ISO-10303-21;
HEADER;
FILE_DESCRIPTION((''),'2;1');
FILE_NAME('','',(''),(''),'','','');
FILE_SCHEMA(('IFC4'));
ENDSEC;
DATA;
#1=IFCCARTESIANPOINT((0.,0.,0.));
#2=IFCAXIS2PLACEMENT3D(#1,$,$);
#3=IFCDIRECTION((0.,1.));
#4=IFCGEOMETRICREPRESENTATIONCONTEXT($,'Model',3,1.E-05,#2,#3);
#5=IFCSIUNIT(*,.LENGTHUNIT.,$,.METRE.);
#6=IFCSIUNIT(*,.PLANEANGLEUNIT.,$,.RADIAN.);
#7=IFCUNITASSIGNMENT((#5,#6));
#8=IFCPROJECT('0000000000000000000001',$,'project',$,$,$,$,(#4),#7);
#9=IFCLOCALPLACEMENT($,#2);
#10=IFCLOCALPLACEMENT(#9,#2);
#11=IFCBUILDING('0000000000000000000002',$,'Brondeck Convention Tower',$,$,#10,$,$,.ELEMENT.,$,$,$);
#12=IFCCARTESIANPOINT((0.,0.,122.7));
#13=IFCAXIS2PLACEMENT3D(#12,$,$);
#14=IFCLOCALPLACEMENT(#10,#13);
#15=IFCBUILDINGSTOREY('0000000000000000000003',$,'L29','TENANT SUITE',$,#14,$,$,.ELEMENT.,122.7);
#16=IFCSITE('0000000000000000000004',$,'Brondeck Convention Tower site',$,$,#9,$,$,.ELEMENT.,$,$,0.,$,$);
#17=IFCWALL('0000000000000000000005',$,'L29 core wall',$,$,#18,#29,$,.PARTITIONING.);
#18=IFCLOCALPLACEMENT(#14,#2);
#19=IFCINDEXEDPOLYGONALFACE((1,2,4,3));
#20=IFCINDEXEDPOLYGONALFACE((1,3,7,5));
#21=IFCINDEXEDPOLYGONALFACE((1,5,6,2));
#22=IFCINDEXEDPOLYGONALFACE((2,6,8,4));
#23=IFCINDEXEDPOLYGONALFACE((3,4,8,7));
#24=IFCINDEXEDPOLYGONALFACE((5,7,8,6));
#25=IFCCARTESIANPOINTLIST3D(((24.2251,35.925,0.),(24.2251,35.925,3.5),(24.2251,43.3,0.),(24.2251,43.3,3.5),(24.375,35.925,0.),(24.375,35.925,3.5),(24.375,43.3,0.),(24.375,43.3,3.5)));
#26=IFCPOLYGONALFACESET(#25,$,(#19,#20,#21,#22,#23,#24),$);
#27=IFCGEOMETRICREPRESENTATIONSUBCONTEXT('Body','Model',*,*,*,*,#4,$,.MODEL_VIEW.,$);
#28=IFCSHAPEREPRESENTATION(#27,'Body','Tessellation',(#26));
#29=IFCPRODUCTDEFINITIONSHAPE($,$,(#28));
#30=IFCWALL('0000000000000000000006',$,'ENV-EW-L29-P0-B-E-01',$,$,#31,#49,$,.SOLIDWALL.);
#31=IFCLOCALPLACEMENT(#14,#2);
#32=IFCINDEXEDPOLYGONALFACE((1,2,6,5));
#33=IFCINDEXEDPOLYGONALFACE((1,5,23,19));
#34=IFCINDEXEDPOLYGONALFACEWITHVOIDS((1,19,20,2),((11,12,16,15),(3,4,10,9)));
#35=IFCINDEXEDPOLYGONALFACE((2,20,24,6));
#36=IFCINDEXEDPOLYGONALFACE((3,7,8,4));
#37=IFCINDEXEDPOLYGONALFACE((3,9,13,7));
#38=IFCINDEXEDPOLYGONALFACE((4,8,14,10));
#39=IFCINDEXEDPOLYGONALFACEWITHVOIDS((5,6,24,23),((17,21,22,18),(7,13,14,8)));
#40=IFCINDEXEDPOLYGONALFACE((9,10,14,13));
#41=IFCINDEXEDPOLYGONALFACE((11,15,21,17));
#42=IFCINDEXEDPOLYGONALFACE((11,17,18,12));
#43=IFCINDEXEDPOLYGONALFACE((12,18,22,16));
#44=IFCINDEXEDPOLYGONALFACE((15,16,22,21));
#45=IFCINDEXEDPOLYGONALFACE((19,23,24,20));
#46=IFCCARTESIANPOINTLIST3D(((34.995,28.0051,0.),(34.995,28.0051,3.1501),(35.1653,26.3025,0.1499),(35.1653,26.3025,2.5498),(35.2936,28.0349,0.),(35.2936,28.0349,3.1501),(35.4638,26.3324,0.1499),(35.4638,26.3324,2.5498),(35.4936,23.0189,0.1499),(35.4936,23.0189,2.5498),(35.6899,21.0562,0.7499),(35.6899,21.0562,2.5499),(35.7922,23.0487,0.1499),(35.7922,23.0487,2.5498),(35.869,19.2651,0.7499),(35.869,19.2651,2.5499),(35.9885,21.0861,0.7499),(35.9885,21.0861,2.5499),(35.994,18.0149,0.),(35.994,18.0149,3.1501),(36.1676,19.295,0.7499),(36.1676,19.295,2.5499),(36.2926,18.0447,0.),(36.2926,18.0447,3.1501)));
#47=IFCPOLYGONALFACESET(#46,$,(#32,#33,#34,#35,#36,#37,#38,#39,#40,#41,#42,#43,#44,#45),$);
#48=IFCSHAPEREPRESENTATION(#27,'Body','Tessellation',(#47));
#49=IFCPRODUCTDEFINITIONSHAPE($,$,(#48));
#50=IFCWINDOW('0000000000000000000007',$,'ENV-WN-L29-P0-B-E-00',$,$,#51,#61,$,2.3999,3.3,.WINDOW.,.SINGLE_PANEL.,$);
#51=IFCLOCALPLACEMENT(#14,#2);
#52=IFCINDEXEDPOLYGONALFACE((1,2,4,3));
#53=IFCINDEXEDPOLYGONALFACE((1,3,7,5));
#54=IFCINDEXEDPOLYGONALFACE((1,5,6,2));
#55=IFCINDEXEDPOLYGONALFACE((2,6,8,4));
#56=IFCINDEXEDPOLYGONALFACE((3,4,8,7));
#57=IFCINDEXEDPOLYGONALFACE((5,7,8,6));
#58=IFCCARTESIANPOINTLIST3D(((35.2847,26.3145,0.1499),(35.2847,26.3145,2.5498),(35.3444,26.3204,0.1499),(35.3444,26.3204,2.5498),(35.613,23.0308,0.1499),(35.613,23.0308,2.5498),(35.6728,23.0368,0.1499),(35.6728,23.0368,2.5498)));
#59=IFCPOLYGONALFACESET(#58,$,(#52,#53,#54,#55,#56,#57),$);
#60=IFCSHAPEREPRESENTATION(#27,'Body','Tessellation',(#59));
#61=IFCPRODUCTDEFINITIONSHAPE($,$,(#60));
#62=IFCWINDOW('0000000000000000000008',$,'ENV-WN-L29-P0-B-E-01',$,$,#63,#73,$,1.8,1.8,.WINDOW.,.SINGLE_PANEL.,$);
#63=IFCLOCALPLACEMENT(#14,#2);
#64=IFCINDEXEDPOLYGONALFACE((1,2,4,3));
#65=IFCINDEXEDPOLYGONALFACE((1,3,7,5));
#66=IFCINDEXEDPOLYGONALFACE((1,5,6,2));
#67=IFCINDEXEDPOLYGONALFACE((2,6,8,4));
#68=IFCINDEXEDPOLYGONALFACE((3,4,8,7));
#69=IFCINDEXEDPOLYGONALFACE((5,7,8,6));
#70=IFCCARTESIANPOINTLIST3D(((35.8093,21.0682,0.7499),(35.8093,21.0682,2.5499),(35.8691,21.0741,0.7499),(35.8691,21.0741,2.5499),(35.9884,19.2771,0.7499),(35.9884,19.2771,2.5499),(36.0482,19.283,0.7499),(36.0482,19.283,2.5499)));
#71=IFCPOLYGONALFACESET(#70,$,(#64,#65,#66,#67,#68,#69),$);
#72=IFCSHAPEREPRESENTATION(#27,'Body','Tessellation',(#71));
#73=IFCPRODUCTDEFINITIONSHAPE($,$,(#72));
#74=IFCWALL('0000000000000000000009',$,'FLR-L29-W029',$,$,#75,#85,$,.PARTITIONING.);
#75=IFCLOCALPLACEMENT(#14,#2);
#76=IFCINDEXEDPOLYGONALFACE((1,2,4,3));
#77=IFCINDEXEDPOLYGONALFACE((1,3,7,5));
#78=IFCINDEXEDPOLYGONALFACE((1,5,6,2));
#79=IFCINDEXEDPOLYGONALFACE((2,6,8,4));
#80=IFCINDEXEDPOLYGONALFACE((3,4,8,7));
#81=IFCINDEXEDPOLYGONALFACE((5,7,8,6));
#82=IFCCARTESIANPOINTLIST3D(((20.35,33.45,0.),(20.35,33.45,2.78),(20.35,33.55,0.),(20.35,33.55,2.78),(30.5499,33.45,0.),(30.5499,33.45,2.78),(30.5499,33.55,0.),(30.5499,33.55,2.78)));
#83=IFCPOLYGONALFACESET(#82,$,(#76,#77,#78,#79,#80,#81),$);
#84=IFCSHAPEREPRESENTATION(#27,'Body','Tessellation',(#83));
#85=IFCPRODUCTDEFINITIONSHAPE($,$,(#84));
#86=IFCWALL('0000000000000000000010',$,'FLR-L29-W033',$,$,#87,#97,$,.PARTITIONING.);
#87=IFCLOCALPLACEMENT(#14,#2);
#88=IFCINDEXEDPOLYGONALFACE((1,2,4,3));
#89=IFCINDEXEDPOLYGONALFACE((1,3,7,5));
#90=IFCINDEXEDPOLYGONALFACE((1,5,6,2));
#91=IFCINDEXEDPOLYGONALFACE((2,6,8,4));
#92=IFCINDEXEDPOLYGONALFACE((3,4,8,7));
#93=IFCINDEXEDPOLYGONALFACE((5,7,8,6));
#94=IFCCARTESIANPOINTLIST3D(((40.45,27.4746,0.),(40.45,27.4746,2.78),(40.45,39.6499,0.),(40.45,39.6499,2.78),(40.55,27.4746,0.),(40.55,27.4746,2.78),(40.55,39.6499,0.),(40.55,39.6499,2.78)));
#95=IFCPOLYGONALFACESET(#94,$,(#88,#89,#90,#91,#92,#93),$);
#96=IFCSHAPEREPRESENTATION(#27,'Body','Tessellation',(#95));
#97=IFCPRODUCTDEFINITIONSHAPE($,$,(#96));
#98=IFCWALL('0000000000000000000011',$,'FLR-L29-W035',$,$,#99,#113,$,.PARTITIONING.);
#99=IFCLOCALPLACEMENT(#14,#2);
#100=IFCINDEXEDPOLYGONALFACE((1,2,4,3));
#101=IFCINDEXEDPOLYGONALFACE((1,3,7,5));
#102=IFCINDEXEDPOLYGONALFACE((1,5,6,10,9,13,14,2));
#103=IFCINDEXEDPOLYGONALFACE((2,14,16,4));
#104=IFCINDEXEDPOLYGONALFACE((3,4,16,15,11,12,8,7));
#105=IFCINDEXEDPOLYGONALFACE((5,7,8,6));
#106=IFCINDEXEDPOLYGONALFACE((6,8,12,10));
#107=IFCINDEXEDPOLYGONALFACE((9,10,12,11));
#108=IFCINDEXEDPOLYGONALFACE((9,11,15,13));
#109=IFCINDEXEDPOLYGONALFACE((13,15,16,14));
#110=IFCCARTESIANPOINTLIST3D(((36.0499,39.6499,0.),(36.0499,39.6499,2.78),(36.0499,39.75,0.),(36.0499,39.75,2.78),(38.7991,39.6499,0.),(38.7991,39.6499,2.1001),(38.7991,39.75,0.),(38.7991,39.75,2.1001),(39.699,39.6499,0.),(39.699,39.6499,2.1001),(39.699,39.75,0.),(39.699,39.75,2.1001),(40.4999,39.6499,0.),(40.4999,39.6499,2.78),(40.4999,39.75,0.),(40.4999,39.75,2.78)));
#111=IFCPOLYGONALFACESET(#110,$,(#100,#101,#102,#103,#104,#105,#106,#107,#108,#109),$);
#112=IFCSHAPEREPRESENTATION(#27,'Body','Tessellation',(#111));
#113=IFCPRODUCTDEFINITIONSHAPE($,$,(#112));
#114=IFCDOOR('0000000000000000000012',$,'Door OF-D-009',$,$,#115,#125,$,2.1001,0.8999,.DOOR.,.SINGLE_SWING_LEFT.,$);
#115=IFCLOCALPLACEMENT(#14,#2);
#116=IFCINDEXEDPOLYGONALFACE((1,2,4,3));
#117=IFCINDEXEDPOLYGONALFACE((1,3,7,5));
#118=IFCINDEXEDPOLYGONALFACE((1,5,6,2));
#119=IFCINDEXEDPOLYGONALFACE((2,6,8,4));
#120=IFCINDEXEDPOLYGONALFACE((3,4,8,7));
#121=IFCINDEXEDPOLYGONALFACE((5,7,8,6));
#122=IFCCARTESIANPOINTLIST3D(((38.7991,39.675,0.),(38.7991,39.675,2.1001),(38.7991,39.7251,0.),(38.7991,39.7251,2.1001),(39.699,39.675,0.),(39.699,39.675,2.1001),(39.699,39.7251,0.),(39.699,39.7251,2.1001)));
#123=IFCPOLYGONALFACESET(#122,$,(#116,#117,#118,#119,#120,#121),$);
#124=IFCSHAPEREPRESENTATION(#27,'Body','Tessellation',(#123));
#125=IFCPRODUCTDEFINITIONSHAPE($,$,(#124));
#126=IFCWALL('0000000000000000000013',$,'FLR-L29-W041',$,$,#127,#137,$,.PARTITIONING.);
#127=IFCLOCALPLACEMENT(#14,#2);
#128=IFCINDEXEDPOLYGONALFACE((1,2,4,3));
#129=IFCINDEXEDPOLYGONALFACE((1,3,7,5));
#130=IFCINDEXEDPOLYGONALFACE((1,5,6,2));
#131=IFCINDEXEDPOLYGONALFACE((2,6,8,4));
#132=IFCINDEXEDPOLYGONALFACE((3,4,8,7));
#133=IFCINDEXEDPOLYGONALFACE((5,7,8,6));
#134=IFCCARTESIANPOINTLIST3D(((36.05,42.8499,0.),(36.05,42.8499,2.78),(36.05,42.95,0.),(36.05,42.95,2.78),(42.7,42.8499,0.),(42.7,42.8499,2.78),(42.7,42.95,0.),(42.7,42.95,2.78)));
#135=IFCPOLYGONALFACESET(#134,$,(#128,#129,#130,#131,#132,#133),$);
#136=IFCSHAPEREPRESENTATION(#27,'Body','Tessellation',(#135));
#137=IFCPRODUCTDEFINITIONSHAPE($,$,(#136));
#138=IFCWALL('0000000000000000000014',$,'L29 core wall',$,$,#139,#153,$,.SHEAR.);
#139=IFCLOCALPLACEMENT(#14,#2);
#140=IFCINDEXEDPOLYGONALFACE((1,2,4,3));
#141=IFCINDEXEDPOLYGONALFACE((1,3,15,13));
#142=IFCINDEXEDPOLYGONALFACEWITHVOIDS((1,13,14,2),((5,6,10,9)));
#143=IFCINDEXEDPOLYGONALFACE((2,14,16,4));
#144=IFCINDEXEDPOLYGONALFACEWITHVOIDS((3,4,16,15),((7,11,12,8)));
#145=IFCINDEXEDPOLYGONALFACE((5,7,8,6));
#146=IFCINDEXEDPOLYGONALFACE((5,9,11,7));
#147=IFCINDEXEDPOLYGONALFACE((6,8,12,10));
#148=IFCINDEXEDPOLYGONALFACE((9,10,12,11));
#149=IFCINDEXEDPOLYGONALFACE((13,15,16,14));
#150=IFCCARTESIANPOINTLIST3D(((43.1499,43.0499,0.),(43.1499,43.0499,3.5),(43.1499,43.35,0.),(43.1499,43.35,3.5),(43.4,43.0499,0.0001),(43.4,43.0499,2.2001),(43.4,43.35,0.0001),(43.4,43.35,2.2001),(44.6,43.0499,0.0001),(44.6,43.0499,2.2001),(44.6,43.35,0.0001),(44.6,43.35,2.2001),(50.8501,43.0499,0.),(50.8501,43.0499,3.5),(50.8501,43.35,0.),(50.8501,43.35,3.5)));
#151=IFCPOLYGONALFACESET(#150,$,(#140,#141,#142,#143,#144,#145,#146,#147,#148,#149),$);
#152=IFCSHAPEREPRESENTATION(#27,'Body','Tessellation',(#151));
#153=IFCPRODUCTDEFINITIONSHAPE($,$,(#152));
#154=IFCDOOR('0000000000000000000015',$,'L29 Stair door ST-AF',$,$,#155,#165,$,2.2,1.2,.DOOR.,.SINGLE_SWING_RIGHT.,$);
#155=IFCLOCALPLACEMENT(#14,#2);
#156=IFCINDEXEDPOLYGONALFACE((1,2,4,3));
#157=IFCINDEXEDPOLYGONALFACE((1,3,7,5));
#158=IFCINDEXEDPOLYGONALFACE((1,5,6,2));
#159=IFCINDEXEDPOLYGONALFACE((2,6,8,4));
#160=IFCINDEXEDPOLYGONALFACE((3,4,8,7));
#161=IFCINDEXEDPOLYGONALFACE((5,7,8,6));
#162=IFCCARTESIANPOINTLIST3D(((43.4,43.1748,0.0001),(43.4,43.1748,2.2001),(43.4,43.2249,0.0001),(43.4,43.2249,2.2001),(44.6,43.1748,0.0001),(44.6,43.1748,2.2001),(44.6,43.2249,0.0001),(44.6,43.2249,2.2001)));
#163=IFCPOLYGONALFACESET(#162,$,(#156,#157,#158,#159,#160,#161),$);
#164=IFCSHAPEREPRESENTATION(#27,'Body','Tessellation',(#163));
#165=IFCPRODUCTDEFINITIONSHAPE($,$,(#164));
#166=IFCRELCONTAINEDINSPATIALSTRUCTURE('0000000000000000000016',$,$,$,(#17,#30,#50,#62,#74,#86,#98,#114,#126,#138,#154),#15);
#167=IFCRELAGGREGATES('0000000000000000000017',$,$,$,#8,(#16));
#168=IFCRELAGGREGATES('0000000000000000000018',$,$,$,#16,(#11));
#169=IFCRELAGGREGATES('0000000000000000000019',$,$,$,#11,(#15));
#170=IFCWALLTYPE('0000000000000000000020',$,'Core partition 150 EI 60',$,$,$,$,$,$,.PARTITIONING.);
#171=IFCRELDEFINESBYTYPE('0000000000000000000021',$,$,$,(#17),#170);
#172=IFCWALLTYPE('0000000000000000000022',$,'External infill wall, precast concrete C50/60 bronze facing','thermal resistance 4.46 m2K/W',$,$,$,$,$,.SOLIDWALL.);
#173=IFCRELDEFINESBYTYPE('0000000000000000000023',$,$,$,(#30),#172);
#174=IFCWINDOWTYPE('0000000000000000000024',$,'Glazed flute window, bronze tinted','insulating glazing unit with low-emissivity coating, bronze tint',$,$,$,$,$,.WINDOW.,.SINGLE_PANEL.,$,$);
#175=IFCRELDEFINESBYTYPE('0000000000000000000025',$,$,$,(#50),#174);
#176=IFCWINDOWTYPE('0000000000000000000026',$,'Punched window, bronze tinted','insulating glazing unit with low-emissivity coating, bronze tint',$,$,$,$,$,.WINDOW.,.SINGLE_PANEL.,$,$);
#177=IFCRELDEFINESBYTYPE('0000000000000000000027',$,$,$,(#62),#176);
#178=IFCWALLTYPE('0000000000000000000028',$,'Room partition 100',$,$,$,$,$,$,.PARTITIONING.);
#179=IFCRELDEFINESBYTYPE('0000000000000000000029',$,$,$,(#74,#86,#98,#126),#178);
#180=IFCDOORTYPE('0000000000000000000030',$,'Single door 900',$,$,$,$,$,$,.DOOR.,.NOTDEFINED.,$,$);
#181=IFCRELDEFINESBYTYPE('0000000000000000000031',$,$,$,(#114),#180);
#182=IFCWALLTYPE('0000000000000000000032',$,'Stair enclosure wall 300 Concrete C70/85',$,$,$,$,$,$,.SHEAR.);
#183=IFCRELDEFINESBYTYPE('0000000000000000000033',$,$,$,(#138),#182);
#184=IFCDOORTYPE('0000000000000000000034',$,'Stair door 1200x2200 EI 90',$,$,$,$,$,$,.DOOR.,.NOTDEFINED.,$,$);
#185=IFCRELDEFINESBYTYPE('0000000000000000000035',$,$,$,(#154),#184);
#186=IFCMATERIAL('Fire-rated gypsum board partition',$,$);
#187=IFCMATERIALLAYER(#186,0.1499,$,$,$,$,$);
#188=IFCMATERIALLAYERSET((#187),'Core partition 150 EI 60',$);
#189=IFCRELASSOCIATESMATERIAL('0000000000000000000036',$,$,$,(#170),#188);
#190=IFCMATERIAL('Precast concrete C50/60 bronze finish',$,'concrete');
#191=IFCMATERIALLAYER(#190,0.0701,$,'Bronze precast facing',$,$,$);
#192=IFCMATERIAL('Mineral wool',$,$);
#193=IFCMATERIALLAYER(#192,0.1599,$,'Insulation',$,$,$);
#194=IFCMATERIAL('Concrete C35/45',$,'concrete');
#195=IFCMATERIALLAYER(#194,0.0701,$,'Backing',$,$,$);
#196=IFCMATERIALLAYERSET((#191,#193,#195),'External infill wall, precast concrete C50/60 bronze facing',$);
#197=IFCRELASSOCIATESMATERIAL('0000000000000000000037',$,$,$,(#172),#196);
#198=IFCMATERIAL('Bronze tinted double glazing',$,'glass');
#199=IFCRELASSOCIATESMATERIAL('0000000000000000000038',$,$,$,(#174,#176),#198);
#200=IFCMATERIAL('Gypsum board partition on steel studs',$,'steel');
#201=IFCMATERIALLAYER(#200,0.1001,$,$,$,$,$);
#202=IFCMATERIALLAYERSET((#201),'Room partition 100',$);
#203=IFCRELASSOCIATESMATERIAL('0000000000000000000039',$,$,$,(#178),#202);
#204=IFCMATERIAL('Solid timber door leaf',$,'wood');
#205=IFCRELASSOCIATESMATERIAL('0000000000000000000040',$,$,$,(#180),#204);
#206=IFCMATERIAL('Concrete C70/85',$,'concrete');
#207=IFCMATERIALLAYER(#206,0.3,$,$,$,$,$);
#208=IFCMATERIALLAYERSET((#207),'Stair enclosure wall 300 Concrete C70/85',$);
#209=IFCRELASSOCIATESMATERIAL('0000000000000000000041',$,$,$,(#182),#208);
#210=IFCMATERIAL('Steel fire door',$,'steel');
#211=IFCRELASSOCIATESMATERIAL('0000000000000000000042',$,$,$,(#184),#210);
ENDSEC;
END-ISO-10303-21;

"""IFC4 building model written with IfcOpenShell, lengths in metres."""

from ifc_helpers import new_model, si_unit, direction, frame, frame_2d, origin, place, context, subcontext, project, spatial, rectangle, extrude, material, layer, layer_set, type_object, element, fill, save


model = new_model("IFC4")

# Units and contexts
model_context = context("Model", 3, precision=1e-05, world=origin(), true_north=direction((0.0, 1.0)))
body_context = subcontext(model_context, "Body", "Model", "MODEL_VIEW")
ifc_project = project(units=[si_unit("LENGTHUNIT", "METRE"), si_unit("PLANEANGLEUNIT", "RADIAN")], contexts=[model_context])

# Site, building, storey
site_placement = place(None, origin())
site = spatial("IfcSite", under=ifc_project, at=site_placement, Name="Brondeck Convention Tower site", CompositionType="ELEMENT", RefElevation=0.0)
building_placement = place(site_placement, origin())
building = spatial("IfcBuilding", under=site, at=building_placement, Name="Brondeck Convention Tower", CompositionType="ELEMENT")
storey_placement = place(building_placement, frame((0.0, 0.0, 122.7)))
storey = spatial("IfcBuildingStorey", under=building, at=storey_placement, Name="L29", Description="TENANT SUITE", CompositionType="ELEMENT", Elevation=122.7)

# Shared definitions
ifc_material_1 = material(Name="Concrete C70/85", Category="concrete")

# Wall
ifc_material_2 = material(Name="Fire-rated gypsum board partition")
ifc_layer_1 = layer(ifc_material_2, 0.1499)
ifc_layer_set_1 = layer_set([ifc_layer_1], Name="Core partition 150 EI 60")
wall_type_1 = type_object("IfcWallType", Name="Core partition 150 EI 60", PredefinedType="PARTITIONING", material=ifc_layer_set_1)
wall_1_placement = place(storey_placement, frame((24.3, 35.925, 0.0), z_axis=(0.0, 0.0, 1.0), x_axis=(0.0, 1.0, 0.0)))
element("IfcWall", 1, at=wall_1_placement, inside=storey, type_object=wall_type_1, Name="L29 core wall", PredefinedType="PARTITIONING", context=body_context, shape_type="SweptSolid", body=[
    extrude(rectangle(XDim=7.375, YDim=0.1499, at=frame_2d((3.6875, 0.0))), origin(), (0.0, 0.0, 1.0), 3.5),
])

# Wall, openings, windows
ifc_material_3 = material(Name="Precast concrete C50/60 bronze finish", Category="concrete")
ifc_layer_2 = layer(ifc_material_3, 0.0701, Name="Bronze precast facing")
ifc_material_4 = material(Name="Mineral wool")
ifc_layer_3 = layer(ifc_material_4, 0.1599, Name="Insulation")
ifc_material_5 = material(Name="Concrete C35/45", Category="concrete")
ifc_layer_4 = layer(ifc_material_5, 0.0701, Name="Backing")
ifc_layer_set_2 = layer_set([ifc_layer_2, ifc_layer_3, ifc_layer_4], Name="External infill wall, precast concrete C50/60 bronze facing")
wall_type_2 = type_object("IfcWallType", Name="External infill wall, precast concrete C50/60 bronze facing", Description="thermal resistance 4.46 m2K/W", PredefinedType="SOLIDWALL", material=ifc_layer_set_2)
wall_2_placement = place(storey_placement, frame((35.1443, 28.02, 0.0), z_axis=(0.0, 0.0, 1.0), x_axis=(0.099504, -0.995037, 0.0)))
wall_2 = element("IfcWall", 2, at=wall_2_placement, inside=storey, type_object=wall_type_2, Name="ENV-EW-L29-P0-B-E-01", PredefinedType="SOLIDWALL", context=body_context, shape_type="SweptSolid", body=[
    extrude(rectangle(XDim=10.04, YDim=0.3, at=frame_2d((5.02, 0.0))), origin(), (0.0, 0.0, 1.0), 3.1501),
])
opening_1_placement = place(wall_2_placement, frame((1.7112, 0.0, 0.1499)))
opening_1 = element("IfcOpeningElement", 3, at=opening_1_placement, cuts=wall_2, PredefinedType="OPENING", context=body_context, shape_type="SweptSolid", body=[
    extrude(rectangle(XDim=3.3, YDim=2.3999, at=frame_2d((1.6499, 1.2))), frame((0.0, 0.1599, 0.0), z_axis=(0.0, -1.0, 0.0), x_axis=(1.0, 0.0, 0.0)), (0.0, 0.0, 1.0), 0.3201),
])
opening_2_placement = place(wall_2_placement, frame((6.9836, 0.0, 0.75)))
opening_2 = element("IfcOpeningElement", 4, at=opening_2_placement, cuts=wall_2, PredefinedType="OPENING", context=body_context, shape_type="SweptSolid", body=[
    extrude(rectangle(XDim=1.8, YDim=1.8, at=frame_2d((0.8999, 0.8999))), frame((0.0, 0.1599, 0.0), z_axis=(0.0, -1.0, 0.0), x_axis=(1.0, 0.0, 0.0)), (0.0, 0.0, 1.0), 0.3201),
])
ifc_material_6 = material(Name="Bronze tinted double glazing", Category="glass")
window_type_1 = type_object("IfcWindowType", Name="Glazed flute window, bronze tinted", Description="insulating glazing unit with low-emissivity coating, bronze tint", PartitioningType="SINGLE_PANEL", PredefinedType="WINDOW", material=ifc_material_6)
window_1_placement = place(opening_1_placement, origin())
window_1 = element("IfcWindow", 5, at=window_1_placement, inside=storey, type_object=window_type_1, Name="ENV-WN-L29-P0-B-E-00", OverallHeight=2.3999, OverallWidth=3.3, PartitioningType="SINGLE_PANEL", PredefinedType="WINDOW", context=body_context, shape_type="SweptSolid", body=[
    extrude(rectangle(XDim=3.3, YDim=2.3999, at=frame_2d((1.6499, 1.2))), frame((0.0, 0.03, 0.0), z_axis=(0.0, -1.0, 0.0), x_axis=(1.0, 0.0, 0.0)), (0.0, 0.0, 1.0), 0.0601),
])
fill(opening_1, window_1)
window_type_2 = type_object("IfcWindowType", Name="Punched window, bronze tinted", Description="insulating glazing unit with low-emissivity coating, bronze tint", PartitioningType="SINGLE_PANEL", PredefinedType="WINDOW", material=ifc_material_6)
window_2_placement = place(opening_2_placement, origin())
window_2 = element("IfcWindow", 6, at=window_2_placement, inside=storey, type_object=window_type_2, Name="ENV-WN-L29-P0-B-E-01", OverallHeight=1.8, OverallWidth=1.8, PartitioningType="SINGLE_PANEL", PredefinedType="WINDOW", context=body_context, shape_type="SweptSolid", body=[
    extrude(rectangle(XDim=1.8, YDim=1.8, at=frame_2d((0.8999, 0.8999))), frame((0.0, 0.03, 0.0), z_axis=(0.0, -1.0, 0.0), x_axis=(1.0, 0.0, 0.0)), (0.0, 0.0, 1.0), 0.0601),
])
fill(opening_2, window_2)

# Walls
ifc_material_7 = material(Name="Gypsum board partition on steel studs", Category="steel")
ifc_layer_5 = layer(ifc_material_7, 0.1001)
ifc_layer_set_3 = layer_set([ifc_layer_5], Name="Room partition 100")
wall_type_3 = type_object("IfcWallType", Name="Room partition 100", PredefinedType="PARTITIONING", material=ifc_layer_set_3)
wall_3_placement = place(storey_placement, frame((30.55, 33.5, 0.0), z_axis=(0.0, 0.0, 1.0), x_axis=(-1.0, 0.0, 0.0)))
element("IfcWall", 7, at=wall_3_placement, inside=storey, type_object=wall_type_3, Name="FLR-L29-W029", PredefinedType="PARTITIONING", context=body_context, shape_type="SweptSolid", body=[
    extrude(rectangle(XDim=10.2, YDim=0.1001, at=frame_2d((5.1001, 0.0))), origin(), (0.0, 0.0, 1.0), 2.78),
])
wall_4_placement = place(storey_placement, frame((40.5, 39.6499, 0.0), z_axis=(0.0, 0.0, 1.0), x_axis=(0.0, -1.0, 0.0)))
element("IfcWall", 8, at=wall_4_placement, inside=storey, type_object=wall_type_3, Name="FLR-L29-W033", PredefinedType="PARTITIONING", context=body_context, shape_type="SweptSolid", body=[
    extrude(rectangle(XDim=12.1753, YDim=0.1001, at=frame_2d((6.0876, 0.0))), origin(), (0.0, 0.0, 1.0), 2.78),
])

# Wall, opening, door
wall_5_placement = place(storey_placement, frame((40.5, 39.7, 0.0), z_axis=(0.0, 0.0, 1.0), x_axis=(-1.0, 0.0, 0.0)))
wall_5 = element("IfcWall", 9, at=wall_5_placement, inside=storey, type_object=wall_type_3, Name="FLR-L29-W035", PredefinedType="PARTITIONING", context=body_context, shape_type="SweptSolid", body=[
    extrude(rectangle(XDim=4.45, YDim=0.1001, at=frame_2d((2.2251, 0.0))), origin(), (0.0, 0.0, 1.0), 2.78),
])
opening_3_placement = place(wall_5_placement, frame((0.801, 0.0, 0.0)))
opening_3 = element("IfcOpeningElement", 10, at=opening_3_placement, cuts=wall_5, PredefinedType="OPENING", context=body_context, shape_type="SweptSolid", body=[
    extrude(rectangle(XDim=0.8999, YDim=2.1001, at=frame_2d((0.45, 1.05))), frame((0.0, 0.0601, 0.0), z_axis=(0.0, -1.0, 0.0), x_axis=(1.0, 0.0, 0.0)), (0.0, 0.0, 1.0), 0.1201),
])
ifc_material_8 = material(Name="Solid timber door leaf", Category="wood")
door_type_1 = type_object("IfcDoorType", Name="Single door 900", OperationType="NOTDEFINED", PredefinedType="DOOR", material=ifc_material_8)
door_1_placement = place(opening_3_placement, origin())
door_1 = element("IfcDoor", 11, at=door_1_placement, inside=storey, type_object=door_type_1, Name="Door OF-D-009", OperationType="SINGLE_SWING_LEFT", OverallHeight=2.1001, OverallWidth=0.8999, PredefinedType="DOOR", context=body_context, shape_type="SweptSolid", body=[
    extrude(rectangle(XDim=0.8999, YDim=2.1001, at=frame_2d((0.45, 1.05))), frame((0.0, 0.0249, 0.0), z_axis=(0.0, -1.0, 0.0), x_axis=(1.0, 0.0, 0.0)), (0.0, 0.0, 1.0), 0.05),
])
fill(opening_3, door_1)

# Wall
wall_6_placement = place(storey_placement, frame((36.05, 42.8999, 0.0), z_axis=(0.0, 0.0, 1.0), x_axis=(1.0, 0.0, 0.0)))
element("IfcWall", 12, at=wall_6_placement, inside=storey, type_object=wall_type_3, Name="FLR-L29-W041", PredefinedType="PARTITIONING", context=body_context, shape_type="SweptSolid", body=[
    extrude(rectangle(XDim=6.6499, YDim=0.1001, at=frame_2d((3.325, 0.0))), origin(), (0.0, 0.0, 1.0), 2.78),
])

# Wall, opening, door
ifc_layer_6 = layer(ifc_material_1, 0.3)
ifc_layer_set_4 = layer_set([ifc_layer_6], Name="Stair enclosure wall 300 Concrete C70/85")
wall_type_4 = type_object("IfcWallType", Name="Stair enclosure wall 300 Concrete C70/85", PredefinedType="SHEAR", material=ifc_layer_set_4)
wall_7_placement = place(storey_placement, frame((43.1499, 43.2, 0.0), z_axis=(0.0, 0.0, 1.0), x_axis=(1.0, 0.0, 0.0)))
wall_7 = element("IfcWall", 13, at=wall_7_placement, inside=storey, type_object=wall_type_4, Name="L29 core wall", PredefinedType="SHEAR", context=body_context, shape_type="SweptSolid", body=[
    extrude(rectangle(XDim=7.7002, YDim=0.3, at=frame_2d((3.8501, 0.0))), origin(), (0.0, 0.0, 1.0), 3.5),
])
opening_4_placement = place(wall_7_placement, frame((0.25, 0.0, 0.0)))
opening_4 = element("IfcOpeningElement", 14, at=opening_4_placement, cuts=wall_7, PredefinedType="OPENING", context=body_context, shape_type="SweptSolid", body=[
    extrude(rectangle(XDim=1.2, YDim=2.2, at=frame_2d((0.6001, 1.1001))), frame((0.0, 0.1599, 0.0), z_axis=(0.0, -1.0, 0.0), x_axis=(1.0, 0.0, 0.0)), (0.0, 0.0, 1.0), 0.3201),
])
ifc_material_9 = material(Name="Steel fire door", Category="steel")
door_type_2 = type_object("IfcDoorType", Name="Stair door 1200x2200 EI 90", OperationType="NOTDEFINED", PredefinedType="DOOR", material=ifc_material_9)
door_2_placement = place(opening_4_placement, origin())
door_2 = element("IfcDoor", 15, at=door_2_placement, inside=storey, type_object=door_type_2, Name="L29 Stair door ST-AF", OperationType="SINGLE_SWING_RIGHT", OverallHeight=2.2, OverallWidth=1.2, PredefinedType="DOOR", context=body_context, shape_type="SweptSolid", body=[
    extrude(rectangle(XDim=1.2, YDim=2.2, at=frame_2d((0.6001, 1.1001))), frame((0.0, 0.0249, 0.0), z_axis=(0.0, -1.0, 0.0), x_axis=(1.0, 0.0, 0.0)), (0.0, 0.0, 1.0), 0.05),
])
fill(opening_4, door_2)

save(model, "model.ifc")
